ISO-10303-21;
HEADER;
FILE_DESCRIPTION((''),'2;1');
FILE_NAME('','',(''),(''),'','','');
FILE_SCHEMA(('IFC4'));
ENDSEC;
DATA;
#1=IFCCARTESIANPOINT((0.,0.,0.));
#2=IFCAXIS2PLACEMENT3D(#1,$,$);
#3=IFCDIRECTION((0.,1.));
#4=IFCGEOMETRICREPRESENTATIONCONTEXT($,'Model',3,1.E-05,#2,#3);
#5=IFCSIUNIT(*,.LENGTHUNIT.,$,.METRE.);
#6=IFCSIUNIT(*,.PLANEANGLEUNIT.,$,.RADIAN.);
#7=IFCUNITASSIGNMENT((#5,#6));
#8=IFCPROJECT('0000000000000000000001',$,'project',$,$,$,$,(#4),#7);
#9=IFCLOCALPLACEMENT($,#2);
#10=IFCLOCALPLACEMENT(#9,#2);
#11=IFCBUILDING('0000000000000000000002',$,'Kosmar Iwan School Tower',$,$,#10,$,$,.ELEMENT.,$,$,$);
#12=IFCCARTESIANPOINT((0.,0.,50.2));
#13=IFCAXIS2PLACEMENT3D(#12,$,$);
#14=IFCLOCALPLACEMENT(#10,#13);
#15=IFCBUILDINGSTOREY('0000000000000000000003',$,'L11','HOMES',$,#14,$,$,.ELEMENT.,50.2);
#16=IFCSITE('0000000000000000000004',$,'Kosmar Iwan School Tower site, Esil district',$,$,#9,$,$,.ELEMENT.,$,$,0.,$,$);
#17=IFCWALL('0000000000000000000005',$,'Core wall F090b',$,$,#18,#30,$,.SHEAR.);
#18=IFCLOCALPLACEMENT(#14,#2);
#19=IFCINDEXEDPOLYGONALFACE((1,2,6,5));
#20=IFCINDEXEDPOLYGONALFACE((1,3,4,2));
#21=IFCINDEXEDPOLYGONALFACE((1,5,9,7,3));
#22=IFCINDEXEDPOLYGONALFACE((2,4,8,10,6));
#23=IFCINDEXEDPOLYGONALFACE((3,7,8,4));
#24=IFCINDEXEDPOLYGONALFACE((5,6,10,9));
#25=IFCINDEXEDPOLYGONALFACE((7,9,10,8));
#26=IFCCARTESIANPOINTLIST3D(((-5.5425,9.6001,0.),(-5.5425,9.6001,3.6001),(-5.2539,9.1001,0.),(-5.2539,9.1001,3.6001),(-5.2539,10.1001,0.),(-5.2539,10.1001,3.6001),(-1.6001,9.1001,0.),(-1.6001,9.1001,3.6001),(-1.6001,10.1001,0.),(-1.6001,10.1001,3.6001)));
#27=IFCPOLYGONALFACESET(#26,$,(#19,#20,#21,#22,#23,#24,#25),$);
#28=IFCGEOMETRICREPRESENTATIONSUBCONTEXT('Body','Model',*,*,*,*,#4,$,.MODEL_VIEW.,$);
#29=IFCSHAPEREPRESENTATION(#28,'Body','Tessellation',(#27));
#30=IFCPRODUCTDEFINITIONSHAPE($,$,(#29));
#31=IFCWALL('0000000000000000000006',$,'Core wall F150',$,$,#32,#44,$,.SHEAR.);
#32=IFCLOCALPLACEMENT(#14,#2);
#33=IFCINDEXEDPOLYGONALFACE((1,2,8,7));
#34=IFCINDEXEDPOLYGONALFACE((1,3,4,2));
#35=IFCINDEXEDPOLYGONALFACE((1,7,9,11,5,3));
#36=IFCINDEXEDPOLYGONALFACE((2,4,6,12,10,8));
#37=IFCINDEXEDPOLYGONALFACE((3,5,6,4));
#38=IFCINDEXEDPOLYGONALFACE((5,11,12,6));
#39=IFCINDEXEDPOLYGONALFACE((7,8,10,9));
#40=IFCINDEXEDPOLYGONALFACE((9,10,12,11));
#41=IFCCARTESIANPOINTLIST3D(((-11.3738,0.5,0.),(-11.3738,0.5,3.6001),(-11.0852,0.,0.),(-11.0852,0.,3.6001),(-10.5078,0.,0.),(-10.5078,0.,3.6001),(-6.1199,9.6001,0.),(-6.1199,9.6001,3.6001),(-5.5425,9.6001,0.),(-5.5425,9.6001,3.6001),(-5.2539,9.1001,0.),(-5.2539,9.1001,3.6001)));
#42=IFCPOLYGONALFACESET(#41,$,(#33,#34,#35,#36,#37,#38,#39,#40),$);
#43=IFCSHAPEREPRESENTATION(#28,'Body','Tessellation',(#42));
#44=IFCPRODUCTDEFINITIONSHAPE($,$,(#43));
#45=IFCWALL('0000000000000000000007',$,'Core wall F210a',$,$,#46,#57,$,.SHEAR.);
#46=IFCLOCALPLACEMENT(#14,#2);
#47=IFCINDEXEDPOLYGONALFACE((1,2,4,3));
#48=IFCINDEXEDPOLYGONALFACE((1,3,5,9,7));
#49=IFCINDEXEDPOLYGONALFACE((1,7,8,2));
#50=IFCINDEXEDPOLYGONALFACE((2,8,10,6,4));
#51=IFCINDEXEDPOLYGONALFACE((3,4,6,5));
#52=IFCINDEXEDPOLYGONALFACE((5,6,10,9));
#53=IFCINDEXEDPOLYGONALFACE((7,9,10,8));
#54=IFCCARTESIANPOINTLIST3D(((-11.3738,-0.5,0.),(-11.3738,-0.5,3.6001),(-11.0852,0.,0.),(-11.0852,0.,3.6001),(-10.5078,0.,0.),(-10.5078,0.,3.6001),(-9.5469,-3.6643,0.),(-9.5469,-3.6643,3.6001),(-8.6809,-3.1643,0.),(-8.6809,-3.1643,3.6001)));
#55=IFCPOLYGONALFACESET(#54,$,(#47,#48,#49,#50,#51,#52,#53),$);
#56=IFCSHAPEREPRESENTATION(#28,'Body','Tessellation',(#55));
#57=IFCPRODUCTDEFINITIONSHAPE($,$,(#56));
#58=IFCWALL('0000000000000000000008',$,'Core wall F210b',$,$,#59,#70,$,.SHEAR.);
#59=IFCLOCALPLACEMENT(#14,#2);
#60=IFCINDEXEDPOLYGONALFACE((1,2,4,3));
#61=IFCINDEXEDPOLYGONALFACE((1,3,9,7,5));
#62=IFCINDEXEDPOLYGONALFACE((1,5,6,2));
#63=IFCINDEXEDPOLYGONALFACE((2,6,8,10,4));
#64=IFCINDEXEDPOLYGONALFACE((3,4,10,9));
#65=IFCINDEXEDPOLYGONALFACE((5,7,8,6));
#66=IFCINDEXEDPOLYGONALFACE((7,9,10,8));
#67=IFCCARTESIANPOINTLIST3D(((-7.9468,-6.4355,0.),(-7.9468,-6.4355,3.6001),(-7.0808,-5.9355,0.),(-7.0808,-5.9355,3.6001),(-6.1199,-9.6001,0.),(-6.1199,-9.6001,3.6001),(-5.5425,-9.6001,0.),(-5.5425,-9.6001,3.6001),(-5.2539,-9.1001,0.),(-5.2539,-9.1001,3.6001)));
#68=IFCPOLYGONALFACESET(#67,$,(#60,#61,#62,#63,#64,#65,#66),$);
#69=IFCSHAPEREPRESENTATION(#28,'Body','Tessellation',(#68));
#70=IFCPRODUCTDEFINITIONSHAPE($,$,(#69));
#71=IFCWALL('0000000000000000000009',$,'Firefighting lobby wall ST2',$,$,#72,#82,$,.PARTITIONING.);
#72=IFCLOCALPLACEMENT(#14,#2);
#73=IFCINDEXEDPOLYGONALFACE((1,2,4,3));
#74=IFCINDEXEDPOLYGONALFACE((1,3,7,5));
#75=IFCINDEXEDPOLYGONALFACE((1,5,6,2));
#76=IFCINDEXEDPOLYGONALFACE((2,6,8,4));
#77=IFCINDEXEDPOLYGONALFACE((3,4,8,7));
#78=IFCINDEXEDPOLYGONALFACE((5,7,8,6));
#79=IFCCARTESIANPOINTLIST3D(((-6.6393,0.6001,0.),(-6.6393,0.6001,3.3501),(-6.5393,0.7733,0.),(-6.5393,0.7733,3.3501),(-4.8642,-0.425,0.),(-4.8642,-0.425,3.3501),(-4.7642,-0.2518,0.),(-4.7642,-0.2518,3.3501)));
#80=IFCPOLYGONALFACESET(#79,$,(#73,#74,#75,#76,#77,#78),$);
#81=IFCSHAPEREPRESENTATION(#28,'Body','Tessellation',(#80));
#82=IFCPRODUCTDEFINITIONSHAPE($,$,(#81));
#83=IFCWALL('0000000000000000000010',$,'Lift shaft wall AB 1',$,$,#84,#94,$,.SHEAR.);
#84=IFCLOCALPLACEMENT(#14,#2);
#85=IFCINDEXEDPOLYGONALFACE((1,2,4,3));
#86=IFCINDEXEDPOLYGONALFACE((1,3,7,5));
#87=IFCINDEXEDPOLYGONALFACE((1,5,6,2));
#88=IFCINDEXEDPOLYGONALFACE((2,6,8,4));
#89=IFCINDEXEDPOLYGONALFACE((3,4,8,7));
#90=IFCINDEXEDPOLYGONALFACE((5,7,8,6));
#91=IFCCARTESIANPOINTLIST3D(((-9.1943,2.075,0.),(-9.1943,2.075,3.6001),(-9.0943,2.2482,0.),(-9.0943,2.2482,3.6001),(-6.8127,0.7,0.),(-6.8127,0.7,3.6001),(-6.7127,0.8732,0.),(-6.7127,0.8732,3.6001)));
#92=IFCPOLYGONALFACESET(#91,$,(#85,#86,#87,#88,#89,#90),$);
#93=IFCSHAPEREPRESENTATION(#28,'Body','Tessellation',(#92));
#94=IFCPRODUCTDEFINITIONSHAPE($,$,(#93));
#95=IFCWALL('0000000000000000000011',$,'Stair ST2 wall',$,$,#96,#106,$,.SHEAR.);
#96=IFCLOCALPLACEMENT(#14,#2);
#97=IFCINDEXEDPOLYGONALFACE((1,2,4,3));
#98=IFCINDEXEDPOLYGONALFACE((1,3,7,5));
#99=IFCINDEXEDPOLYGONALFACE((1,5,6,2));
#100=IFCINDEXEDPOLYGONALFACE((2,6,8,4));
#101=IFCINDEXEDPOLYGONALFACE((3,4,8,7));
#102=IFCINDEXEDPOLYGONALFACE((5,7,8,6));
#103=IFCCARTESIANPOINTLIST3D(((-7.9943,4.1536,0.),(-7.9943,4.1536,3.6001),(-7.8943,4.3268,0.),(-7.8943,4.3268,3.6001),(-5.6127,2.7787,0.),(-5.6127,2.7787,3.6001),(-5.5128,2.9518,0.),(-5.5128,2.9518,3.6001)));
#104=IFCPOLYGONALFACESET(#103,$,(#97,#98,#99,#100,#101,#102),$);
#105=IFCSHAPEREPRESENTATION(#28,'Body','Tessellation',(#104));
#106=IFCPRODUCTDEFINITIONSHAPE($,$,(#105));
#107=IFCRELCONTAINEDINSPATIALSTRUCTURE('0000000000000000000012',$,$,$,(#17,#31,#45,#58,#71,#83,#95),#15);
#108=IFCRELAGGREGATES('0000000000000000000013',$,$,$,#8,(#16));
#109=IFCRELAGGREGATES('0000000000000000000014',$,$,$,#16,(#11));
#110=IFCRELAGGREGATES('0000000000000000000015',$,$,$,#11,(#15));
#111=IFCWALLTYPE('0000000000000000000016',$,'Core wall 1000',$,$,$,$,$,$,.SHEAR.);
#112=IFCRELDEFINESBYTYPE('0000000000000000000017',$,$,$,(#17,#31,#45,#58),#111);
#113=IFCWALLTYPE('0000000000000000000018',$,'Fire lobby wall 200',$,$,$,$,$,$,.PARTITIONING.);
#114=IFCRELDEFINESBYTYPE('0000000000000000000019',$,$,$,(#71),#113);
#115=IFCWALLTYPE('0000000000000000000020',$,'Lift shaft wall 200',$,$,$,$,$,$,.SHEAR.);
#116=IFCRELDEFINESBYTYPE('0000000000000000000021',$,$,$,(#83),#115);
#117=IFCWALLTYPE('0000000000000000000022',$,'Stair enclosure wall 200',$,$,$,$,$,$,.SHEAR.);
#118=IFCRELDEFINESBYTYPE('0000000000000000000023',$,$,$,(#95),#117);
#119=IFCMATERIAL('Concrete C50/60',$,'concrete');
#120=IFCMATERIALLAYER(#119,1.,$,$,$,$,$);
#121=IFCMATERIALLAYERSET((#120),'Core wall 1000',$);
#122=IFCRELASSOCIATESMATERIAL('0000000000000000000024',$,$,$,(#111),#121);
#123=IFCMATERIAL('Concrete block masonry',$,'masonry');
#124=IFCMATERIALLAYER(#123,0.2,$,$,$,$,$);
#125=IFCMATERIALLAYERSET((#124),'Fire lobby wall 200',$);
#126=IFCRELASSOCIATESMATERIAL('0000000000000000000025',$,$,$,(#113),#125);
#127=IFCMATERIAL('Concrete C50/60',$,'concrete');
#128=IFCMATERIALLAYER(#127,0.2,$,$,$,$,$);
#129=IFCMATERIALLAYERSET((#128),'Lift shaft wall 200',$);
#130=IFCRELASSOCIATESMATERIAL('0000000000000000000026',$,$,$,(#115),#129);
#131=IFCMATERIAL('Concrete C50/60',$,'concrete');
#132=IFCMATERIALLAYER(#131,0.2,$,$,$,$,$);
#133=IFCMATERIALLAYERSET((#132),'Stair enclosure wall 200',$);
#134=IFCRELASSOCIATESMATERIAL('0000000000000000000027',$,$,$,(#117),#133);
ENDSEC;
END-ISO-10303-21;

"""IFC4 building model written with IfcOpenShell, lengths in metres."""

from ifc_helpers import new_model, si_unit, direction, frame, frame_2d, origin, place, context, subcontext, project, spatial, polyline, rectangle, outline, extrude, material, layer, layer_set, type_object, element, save


model = new_model("IFC4")

# Units and contexts
model_context = context("Model", 3, precision=1e-05, world=origin(), true_north=direction((0.0, 1.0)))
body_context = subcontext(model_context, "Body", "Model", "MODEL_VIEW")
ifc_project = project(units=[si_unit("LENGTHUNIT", "METRE"), si_unit("PLANEANGLEUNIT", "RADIAN")], contexts=[model_context])

# Site, building, storey
site_placement = place(None, origin())
site = spatial("IfcSite", under=ifc_project, at=site_placement, Name="Kosmar Iwan School Tower site, Esil district", CompositionType="ELEMENT", RefElevation=0.0)
building_placement = place(site_placement, origin())
building = spatial("IfcBuilding", under=site, at=building_placement, Name="Kosmar Iwan School Tower", CompositionType="ELEMENT")
storey_placement = place(building_placement, frame((0.0, 0.0, 50.2)))
storey = spatial("IfcBuildingStorey", under=building, at=storey_placement, Name="L11", Description="HOMES", CompositionType="ELEMENT", Elevation=50.2)

# Walls
ifc_material_1 = material(Name="Concrete C50/60", Category="concrete")
ifc_layer_1 = layer(ifc_material_1, 1.0)
ifc_layer_set_1 = layer_set([ifc_layer_1], Name="Core wall 1000")
wall_type_1 = type_object("IfcWallType", Name="Core wall 1000", PredefinedType="SHEAR", material=ifc_layer_set_1)
wall_1_placement = place(storey_placement, origin())
element("IfcWall", 1, at=wall_1_placement, inside=storey, type_object=wall_type_1, Name="Core wall F090b", PredefinedType="SHEAR", context=body_context, shape_type="SweptSolid", body=[
    extrude(outline(polyline([(-5.2539, 9.1001), (-1.6001, 9.1001), (-1.6001, 10.1001), (-5.2539, 10.1001), (-5.5425, 9.6001), (-5.2539, 9.1001)])), origin(), (0.0, 0.0, 1.0), 3.6001),
])
wall_2_placement = place(storey_placement, origin())
element("IfcWall", 2, at=wall_2_placement, inside=storey, type_object=wall_type_1, Name="Core wall F150", PredefinedType="SHEAR", context=body_context, shape_type="SweptSolid", body=[
    extrude(outline(polyline([(-11.0852, 0.0), (-10.5078, 0.0), (-5.2539, 9.1001), (-5.5425, 9.6001), (-6.1199, 9.6001), (-11.3738, 0.5), (-11.0852, 0.0)])), origin(), (0.0, 0.0, 1.0), 3.6001),
])
wall_3_placement = place(storey_placement, origin())
element("IfcWall", 3, at=wall_3_placement, inside=storey, type_object=wall_type_1, Name="Core wall F210a", PredefinedType="SHEAR", context=body_context, shape_type="SweptSolid", body=[
    extrude(outline(polyline([(-9.5469, -3.6643), (-8.6809, -3.1643), (-10.5078, 0.0), (-11.0852, 0.0), (-11.3738, -0.5), (-9.5469, -3.6643)])), origin(), (0.0, 0.0, 1.0), 3.6001),
])
wall_4_placement = place(storey_placement, origin())
element("IfcWall", 4, at=wall_4_placement, inside=storey, type_object=wall_type_1, Name="Core wall F210b", PredefinedType="SHEAR", context=body_context, shape_type="SweptSolid", body=[
    extrude(outline(polyline([(-6.1199, -9.6001), (-5.5425, -9.6001), (-5.2539, -9.1001), (-7.0808, -5.9355), (-7.9468, -6.4355), (-6.1199, -9.6001)])), origin(), (0.0, 0.0, 1.0), 3.6001),
])
ifc_material_2 = material(Name="Concrete block masonry", Category="masonry")
ifc_layer_2 = layer(ifc_material_2, 0.2)
ifc_layer_set_2 = layer_set([ifc_layer_2], Name="Fire lobby wall 200")
wall_type_2 = type_object("IfcWallType", Name="Fire lobby wall 200", PredefinedType="PARTITIONING", material=ifc_layer_set_2)
wall_5_placement = place(storey_placement, frame((-4.8142, -0.3384, 0.0), z_axis=(0.0, 0.0, 1.0), x_axis=(-0.865969, 0.500097, 0.0)))
element("IfcWall", 5, at=wall_5_placement, inside=storey, type_object=wall_type_2, Name="Firefighting lobby wall ST2", PredefinedType="PARTITIONING", context=body_context, shape_type="SweptSolid", body=[
    extrude(rectangle(XDim=2.0498, YDim=0.2, at=frame_2d((1.0249, 0.0))), origin(), (0.0, 0.0, 1.0), 3.3501),
])
ifc_material_3 = material(Name="Concrete C50/60", Category="concrete")
ifc_layer_3 = layer(ifc_material_3, 0.2)
ifc_layer_set_3 = layer_set([ifc_layer_3], Name="Lift shaft wall 200")
wall_type_3 = type_object("IfcWallType", Name="Lift shaft wall 200", PredefinedType="SHEAR", material=ifc_layer_set_3)
wall_6_placement = place(storey_placement, frame((-6.7627, 0.7866, 0.0), z_axis=(0.0, 0.0, 1.0), x_axis=(-0.866027, 0.499997, 0.0)))
element("IfcWall", 6, at=wall_6_placement, inside=storey, type_object=wall_type_3, Name="Lift shaft wall AB 1", PredefinedType="SHEAR", context=body_context, shape_type="SweptSolid", body=[
    extrude(rectangle(XDim=2.75, YDim=0.2, at=frame_2d((1.375, 0.0))), origin(), (0.0, 0.0, 1.0), 3.6001),
])
ifc_material_4 = material(Name="Concrete C50/60", Category="concrete")
ifc_layer_4 = layer(ifc_material_4, 0.2)
ifc_layer_set_4 = layer_set([ifc_layer_4], Name="Stair enclosure wall 200")
wall_type_4 = type_object("IfcWallType", Name="Stair enclosure wall 200", PredefinedType="SHEAR", material=ifc_layer_set_4)
wall_7_placement = place(storey_placement, frame((-5.5627, 2.8652, 0.0), z_axis=(0.0, 0.0, 1.0), x_axis=(-0.866027, 0.499997, 0.0)))
element("IfcWall", 7, at=wall_7_placement, inside=storey, type_object=wall_type_4, Name="Stair ST2 wall", PredefinedType="SHEAR", context=body_context, shape_type="SweptSolid", body=[
    extrude(rectangle(XDim=2.75, YDim=0.2, at=frame_2d((1.375, 0.0))), origin(), (0.0, 0.0, 1.0), 3.6001),
])

save(model, "model.ifc")
